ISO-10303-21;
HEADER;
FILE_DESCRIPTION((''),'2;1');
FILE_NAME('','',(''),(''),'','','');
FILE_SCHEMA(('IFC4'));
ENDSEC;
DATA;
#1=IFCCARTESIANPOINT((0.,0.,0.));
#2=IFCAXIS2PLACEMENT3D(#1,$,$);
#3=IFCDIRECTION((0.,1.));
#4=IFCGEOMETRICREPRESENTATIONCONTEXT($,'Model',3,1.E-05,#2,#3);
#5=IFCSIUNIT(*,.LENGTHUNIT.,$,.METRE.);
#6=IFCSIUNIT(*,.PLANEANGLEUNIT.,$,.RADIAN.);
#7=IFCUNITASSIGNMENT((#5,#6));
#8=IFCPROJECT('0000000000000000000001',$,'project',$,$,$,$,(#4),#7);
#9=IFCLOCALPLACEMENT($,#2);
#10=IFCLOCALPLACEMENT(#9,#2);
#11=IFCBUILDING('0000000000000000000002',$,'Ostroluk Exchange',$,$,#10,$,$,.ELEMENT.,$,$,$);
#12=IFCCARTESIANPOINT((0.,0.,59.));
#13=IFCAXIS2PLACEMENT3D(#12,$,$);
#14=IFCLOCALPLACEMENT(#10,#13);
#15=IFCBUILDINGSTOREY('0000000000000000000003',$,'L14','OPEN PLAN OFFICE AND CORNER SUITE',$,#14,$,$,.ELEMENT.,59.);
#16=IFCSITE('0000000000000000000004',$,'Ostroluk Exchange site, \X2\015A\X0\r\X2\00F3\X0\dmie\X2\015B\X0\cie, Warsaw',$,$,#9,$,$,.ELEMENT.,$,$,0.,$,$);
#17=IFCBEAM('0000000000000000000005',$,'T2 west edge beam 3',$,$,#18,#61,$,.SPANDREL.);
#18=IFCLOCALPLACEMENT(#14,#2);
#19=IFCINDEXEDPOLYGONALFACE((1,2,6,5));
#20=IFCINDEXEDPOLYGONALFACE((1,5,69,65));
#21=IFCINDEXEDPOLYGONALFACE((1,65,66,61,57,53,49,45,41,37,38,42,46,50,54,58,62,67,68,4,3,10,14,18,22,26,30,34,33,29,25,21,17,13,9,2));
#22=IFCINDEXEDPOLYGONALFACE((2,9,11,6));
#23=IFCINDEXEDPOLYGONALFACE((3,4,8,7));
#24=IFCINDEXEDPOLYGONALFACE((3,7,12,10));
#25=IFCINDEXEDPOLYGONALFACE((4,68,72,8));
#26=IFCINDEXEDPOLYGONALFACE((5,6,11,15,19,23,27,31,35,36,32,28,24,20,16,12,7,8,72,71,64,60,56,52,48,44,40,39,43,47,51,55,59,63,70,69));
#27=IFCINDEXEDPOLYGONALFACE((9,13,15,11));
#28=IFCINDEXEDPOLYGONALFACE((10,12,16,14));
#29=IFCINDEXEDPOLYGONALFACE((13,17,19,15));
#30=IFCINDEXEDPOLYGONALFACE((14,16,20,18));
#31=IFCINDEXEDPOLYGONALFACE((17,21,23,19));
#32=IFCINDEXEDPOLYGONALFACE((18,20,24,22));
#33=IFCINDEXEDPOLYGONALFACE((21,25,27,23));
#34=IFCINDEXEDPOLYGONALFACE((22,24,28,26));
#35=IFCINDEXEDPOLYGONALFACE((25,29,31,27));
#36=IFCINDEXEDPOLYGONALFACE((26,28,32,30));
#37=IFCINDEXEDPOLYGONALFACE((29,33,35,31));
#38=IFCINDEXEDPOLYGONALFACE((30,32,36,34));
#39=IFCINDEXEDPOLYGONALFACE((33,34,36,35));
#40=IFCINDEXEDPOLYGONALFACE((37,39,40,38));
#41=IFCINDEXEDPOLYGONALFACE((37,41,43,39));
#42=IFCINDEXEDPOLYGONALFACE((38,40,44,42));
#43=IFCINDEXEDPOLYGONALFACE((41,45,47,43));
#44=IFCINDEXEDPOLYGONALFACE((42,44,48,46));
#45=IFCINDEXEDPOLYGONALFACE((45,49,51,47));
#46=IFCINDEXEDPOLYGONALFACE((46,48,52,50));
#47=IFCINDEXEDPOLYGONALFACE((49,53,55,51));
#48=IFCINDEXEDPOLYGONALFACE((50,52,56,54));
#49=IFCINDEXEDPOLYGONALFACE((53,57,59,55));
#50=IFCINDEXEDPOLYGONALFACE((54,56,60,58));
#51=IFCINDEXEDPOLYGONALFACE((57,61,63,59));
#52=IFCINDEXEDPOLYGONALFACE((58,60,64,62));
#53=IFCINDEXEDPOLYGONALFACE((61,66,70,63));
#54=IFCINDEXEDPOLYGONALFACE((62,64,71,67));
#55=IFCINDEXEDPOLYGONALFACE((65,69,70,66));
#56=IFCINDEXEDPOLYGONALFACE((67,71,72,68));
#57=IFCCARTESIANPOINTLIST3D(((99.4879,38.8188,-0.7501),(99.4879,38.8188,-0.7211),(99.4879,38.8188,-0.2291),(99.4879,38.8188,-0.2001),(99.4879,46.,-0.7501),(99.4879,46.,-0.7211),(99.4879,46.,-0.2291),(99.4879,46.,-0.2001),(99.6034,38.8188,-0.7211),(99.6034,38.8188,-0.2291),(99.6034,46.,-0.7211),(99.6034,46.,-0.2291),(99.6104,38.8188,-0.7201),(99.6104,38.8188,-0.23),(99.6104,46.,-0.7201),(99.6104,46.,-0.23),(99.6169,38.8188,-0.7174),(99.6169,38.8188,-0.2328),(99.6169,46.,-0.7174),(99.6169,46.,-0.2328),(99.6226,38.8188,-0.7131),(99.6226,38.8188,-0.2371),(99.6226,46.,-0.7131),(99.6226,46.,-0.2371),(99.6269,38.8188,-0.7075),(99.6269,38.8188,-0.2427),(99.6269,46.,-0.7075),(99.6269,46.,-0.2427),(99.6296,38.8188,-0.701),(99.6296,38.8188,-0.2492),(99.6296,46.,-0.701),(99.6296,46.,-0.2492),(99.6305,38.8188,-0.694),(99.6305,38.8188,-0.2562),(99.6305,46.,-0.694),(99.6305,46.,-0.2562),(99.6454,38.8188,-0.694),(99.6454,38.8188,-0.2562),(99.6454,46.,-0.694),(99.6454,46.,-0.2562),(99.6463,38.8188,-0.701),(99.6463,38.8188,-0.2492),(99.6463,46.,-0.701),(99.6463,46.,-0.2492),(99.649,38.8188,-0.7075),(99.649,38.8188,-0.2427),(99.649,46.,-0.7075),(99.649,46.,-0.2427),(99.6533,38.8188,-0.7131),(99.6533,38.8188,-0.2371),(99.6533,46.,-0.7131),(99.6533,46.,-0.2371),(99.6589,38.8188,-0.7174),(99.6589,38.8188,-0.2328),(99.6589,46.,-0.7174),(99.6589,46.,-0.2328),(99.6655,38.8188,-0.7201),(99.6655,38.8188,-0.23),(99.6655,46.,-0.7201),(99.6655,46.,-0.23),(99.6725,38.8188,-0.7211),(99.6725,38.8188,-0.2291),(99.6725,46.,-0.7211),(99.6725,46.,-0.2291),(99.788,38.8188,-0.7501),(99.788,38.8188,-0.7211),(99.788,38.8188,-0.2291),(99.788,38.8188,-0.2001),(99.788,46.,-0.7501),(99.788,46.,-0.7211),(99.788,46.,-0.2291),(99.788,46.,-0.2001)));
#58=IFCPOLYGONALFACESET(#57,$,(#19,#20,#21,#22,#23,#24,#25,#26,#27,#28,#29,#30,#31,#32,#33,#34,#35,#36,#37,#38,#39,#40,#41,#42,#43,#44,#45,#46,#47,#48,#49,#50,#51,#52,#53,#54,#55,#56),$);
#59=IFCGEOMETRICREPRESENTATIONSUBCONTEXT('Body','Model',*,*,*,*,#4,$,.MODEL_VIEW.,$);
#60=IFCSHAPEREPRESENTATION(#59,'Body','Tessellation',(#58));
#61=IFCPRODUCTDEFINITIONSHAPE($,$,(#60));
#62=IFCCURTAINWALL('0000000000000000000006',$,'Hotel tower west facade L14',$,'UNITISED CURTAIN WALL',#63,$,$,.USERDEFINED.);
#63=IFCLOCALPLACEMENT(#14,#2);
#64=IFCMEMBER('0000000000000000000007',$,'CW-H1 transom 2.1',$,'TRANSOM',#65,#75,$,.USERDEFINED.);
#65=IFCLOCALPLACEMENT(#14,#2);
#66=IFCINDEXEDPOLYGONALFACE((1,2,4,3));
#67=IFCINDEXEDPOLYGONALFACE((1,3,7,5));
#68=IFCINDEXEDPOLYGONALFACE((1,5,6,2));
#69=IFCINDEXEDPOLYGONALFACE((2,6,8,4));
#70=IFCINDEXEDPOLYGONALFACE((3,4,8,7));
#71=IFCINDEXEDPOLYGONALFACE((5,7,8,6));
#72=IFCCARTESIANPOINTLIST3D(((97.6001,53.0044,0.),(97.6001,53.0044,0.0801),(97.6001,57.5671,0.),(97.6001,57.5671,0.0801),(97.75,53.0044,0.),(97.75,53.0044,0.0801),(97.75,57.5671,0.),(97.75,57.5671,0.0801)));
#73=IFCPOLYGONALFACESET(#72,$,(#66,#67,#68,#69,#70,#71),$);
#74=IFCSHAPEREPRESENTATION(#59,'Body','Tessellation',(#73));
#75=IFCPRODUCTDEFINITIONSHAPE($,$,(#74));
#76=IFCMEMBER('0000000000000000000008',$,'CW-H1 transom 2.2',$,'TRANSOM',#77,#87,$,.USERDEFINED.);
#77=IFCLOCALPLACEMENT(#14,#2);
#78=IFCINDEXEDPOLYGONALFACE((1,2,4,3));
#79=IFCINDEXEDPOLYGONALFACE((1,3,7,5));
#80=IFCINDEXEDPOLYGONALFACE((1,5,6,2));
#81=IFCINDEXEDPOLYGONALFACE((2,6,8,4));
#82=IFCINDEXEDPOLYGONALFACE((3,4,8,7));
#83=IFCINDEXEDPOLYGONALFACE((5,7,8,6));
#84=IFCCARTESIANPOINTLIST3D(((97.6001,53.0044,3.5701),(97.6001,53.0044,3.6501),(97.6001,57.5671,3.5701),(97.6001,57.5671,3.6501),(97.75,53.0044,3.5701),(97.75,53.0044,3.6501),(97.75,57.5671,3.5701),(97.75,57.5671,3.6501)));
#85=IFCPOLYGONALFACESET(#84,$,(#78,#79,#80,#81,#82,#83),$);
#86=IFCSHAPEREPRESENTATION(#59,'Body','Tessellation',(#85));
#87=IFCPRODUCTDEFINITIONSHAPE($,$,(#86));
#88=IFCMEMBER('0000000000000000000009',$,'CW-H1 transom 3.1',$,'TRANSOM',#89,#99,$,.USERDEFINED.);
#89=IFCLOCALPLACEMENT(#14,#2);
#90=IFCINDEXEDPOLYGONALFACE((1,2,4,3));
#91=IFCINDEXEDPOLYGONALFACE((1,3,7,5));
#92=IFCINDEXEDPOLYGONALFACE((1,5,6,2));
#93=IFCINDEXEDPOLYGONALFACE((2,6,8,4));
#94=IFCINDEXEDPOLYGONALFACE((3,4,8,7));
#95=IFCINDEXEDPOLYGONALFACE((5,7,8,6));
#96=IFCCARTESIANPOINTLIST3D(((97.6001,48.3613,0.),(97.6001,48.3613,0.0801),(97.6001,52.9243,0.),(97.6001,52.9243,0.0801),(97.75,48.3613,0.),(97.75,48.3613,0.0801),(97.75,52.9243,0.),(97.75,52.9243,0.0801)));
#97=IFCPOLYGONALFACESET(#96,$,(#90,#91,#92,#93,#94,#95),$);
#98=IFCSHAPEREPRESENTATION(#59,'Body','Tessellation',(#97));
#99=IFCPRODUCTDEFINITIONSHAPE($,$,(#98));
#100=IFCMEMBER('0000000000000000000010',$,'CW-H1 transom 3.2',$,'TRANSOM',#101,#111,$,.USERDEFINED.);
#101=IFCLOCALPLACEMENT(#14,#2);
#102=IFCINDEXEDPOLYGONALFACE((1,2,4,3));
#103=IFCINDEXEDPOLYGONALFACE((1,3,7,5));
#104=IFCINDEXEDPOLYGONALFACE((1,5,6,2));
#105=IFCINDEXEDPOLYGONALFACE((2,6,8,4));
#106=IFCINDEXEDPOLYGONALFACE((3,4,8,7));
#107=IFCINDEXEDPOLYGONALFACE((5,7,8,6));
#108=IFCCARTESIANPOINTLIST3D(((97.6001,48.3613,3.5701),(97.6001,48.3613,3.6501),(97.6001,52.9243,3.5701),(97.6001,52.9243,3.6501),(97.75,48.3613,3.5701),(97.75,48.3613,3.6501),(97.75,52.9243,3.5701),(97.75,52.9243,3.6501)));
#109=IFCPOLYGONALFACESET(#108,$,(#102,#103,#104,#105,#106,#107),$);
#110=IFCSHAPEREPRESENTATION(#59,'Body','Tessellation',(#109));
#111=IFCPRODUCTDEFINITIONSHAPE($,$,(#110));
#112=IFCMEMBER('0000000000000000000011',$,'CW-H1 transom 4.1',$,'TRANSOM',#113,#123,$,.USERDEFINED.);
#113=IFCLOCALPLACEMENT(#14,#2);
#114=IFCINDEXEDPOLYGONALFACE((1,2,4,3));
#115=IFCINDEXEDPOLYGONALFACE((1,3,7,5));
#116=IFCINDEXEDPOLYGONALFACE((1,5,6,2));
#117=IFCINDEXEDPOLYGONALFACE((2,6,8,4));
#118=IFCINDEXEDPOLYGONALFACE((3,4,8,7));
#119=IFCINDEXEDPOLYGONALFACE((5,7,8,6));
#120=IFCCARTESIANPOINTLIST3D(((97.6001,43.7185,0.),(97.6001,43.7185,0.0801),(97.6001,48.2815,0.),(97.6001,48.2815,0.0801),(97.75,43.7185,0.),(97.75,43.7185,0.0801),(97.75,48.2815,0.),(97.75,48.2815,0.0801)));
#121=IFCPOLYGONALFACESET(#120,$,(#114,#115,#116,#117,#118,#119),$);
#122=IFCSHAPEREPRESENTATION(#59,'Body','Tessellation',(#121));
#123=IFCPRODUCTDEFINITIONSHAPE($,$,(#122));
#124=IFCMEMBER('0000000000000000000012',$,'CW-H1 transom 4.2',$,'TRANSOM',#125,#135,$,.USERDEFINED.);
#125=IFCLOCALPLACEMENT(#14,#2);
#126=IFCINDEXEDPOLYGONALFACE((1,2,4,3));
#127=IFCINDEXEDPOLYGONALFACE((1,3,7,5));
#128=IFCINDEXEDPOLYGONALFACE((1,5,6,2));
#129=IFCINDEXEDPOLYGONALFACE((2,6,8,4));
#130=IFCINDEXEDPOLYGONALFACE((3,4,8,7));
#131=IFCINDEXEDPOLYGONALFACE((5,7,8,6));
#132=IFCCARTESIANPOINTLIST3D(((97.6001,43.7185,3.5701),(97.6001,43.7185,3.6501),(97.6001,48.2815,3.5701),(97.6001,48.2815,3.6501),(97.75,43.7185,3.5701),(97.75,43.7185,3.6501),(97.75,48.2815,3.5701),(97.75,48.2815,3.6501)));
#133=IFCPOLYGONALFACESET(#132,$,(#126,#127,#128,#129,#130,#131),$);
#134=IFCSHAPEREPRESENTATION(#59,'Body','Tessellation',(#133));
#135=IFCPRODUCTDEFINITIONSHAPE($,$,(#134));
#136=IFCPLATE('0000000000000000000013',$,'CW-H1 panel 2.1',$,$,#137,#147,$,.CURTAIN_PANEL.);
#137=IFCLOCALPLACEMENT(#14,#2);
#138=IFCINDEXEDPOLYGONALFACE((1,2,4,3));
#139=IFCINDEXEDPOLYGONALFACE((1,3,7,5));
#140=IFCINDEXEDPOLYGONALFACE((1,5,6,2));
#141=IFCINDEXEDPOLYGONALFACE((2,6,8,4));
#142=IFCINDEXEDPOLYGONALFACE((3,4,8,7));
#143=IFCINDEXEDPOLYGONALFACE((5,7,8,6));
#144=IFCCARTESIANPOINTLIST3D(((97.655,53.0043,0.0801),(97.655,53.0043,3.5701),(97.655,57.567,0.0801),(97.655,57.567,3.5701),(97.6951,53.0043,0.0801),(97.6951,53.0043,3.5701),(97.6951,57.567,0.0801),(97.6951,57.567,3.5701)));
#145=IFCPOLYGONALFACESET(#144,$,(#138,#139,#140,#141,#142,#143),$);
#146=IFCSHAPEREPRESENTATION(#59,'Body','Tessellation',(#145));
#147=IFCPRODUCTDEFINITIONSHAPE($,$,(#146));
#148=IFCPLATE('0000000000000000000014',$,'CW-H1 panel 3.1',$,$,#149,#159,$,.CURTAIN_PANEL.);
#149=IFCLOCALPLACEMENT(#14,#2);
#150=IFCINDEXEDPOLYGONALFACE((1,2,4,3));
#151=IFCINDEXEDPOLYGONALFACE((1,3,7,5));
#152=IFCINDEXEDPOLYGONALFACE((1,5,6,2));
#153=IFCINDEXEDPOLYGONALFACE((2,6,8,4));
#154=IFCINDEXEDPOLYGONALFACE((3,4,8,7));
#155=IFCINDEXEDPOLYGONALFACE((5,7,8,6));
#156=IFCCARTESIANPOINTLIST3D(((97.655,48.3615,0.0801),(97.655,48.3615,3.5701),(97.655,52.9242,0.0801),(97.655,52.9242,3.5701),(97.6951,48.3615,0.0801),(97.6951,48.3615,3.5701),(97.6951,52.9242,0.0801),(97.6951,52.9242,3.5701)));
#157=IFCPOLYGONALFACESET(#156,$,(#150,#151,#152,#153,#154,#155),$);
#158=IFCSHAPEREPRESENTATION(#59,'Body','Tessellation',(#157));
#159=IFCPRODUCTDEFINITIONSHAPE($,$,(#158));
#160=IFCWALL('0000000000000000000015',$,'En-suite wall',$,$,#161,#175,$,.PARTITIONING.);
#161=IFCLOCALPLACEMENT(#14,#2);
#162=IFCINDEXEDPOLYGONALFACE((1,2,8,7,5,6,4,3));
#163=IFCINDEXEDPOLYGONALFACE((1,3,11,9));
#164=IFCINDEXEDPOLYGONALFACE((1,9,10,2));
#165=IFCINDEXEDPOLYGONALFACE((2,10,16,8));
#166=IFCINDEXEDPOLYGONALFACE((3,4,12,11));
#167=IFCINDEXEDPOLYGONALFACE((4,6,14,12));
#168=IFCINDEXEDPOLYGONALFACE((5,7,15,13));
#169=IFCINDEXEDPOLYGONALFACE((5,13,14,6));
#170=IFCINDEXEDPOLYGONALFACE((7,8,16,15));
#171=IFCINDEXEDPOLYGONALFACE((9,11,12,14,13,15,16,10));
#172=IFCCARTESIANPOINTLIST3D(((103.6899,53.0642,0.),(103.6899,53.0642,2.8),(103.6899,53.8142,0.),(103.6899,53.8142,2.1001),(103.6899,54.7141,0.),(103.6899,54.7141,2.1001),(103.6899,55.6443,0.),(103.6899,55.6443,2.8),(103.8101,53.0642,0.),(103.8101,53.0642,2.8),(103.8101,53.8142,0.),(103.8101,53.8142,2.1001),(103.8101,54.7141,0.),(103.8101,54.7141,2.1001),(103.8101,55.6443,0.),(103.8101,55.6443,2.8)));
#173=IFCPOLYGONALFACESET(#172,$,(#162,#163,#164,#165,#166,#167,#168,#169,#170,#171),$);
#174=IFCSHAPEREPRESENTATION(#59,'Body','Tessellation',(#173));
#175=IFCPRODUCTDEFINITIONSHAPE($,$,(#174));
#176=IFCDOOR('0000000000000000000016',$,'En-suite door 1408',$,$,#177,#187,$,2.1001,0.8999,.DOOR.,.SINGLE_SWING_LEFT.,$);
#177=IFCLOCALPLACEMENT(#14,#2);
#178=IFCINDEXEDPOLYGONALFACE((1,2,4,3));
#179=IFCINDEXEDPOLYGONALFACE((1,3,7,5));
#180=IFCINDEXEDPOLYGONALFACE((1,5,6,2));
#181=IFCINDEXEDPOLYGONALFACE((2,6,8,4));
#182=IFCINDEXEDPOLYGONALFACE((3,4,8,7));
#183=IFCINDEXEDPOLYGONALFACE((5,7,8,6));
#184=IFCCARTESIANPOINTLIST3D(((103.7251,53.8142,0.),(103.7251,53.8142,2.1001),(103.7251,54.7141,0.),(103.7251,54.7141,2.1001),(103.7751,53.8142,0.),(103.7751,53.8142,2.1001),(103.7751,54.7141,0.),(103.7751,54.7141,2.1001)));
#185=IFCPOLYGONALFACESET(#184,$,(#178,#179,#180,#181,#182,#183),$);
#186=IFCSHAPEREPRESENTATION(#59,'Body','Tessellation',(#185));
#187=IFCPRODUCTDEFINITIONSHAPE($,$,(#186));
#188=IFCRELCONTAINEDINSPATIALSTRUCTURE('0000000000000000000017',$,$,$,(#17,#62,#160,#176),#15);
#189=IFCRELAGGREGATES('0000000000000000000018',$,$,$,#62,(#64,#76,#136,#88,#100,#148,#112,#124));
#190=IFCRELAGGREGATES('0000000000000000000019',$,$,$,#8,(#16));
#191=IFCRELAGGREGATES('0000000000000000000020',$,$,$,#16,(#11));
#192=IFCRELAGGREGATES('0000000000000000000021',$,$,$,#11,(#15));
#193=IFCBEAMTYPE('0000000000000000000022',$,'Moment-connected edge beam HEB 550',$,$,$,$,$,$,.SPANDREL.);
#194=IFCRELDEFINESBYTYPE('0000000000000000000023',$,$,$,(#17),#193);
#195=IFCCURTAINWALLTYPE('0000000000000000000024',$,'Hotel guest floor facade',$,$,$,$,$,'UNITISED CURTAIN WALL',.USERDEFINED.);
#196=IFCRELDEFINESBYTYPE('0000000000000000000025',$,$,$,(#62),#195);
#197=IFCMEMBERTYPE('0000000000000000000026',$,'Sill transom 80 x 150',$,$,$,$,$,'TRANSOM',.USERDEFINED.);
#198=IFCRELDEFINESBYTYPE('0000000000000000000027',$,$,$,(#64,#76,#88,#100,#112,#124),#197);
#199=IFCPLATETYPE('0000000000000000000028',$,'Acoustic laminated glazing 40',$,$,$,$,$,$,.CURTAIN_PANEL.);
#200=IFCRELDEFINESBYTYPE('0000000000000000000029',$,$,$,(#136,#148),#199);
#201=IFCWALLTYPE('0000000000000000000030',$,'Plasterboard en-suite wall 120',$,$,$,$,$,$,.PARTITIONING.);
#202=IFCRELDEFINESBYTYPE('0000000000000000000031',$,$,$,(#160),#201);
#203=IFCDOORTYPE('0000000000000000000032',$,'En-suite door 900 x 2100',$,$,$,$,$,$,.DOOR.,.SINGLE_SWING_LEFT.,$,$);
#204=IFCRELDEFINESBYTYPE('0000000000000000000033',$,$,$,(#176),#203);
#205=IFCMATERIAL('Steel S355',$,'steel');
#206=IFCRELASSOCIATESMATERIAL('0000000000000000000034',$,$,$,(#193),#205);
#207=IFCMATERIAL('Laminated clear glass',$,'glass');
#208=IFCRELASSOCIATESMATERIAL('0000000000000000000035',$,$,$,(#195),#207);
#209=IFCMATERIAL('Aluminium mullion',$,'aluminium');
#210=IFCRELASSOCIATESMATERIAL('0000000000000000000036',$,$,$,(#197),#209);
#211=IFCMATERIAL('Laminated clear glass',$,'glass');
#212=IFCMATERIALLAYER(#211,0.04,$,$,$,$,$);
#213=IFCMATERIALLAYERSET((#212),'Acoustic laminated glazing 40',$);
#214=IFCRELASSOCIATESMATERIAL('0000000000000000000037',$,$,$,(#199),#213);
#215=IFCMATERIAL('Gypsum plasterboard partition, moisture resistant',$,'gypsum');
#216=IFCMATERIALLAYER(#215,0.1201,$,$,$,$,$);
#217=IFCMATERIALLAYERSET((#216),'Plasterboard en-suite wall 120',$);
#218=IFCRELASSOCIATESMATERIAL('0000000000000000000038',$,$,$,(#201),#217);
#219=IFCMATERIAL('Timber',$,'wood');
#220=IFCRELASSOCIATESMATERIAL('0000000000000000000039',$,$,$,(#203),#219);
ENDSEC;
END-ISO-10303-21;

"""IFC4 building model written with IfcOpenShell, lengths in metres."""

from ifc_helpers import new_model, si_unit, direction, frame, frame_2d, origin, origin_2d, place, context, subcontext, project, spatial, rectangle, i_section, extrude, material, layer, layer_set, material_profile, profile_set, type_object, element, fill, aggregate, save


model = new_model("IFC4")

# Units and contexts
model_context = context("Model", 3, precision=1e-05, world=origin(), true_north=direction((0.0, 1.0)))
body_context = subcontext(model_context, "Body", "Model", "MODEL_VIEW")
ifc_project = project(units=[si_unit("LENGTHUNIT", "METRE"), si_unit("PLANEANGLEUNIT", "RADIAN")], contexts=[model_context])

# Site, building, storey
site_placement = place(None, origin())
site = spatial("IfcSite", under=ifc_project, at=site_placement, Name="Ostroluk Exchange site, Śródmieście, Warsaw", CompositionType="ELEMENT", RefElevation=0.0)
building_placement = place(site_placement, origin())
building = spatial("IfcBuilding", under=site, at=building_placement, Name="Ostroluk Exchange", CompositionType="ELEMENT")
storey_placement = place(building_placement, frame((0.0, 0.0, 59.0)))
storey = spatial("IfcBuildingStorey", under=building, at=storey_placement, Name="L14", Description="OPEN PLAN OFFICE AND CORNER SUITE", CompositionType="ELEMENT", Elevation=59.0)

# Beam
ifc_material_1 = material(Name="Steel S355", Category="steel")
ifc_material_profile_1 = material_profile(ifc_material_1, i_section(OverallWidth=0.3, OverallDepth=0.55, WebThickness=0.0149, FlangeThickness=0.0291, FilletRadius=0.0271, at=origin_2d()), Name="HEB 550")
ifc_profile_set_1 = profile_set([ifc_material_profile_1], Name="Steel S355")
beam_type_1 = type_object("IfcBeamType", Name="Moment-connected edge beam HEB 550", PredefinedType="SPANDREL", material=ifc_profile_set_1)
for number, where, z_axis, x_axis, name in (
    (1, (99.6379, 46.0, -0.4751), (0.0, -1.0, 0.0), (1.0, 0.0, 0.0), "T2 west edge beam 3"),
):
    element("IfcBeam", number, at=place(storey_placement, frame(where, z_axis=z_axis, x_axis=x_axis)), inside=storey, type_object=beam_type_1, Name=name, PredefinedType="SPANDREL", context=body_context, shape_type="SweptSolid", body=[
        extrude(i_section(OverallWidth=0.3, OverallDepth=0.55, WebThickness=0.0149, FlangeThickness=0.0291, FilletRadius=0.0271, at=origin_2d()), origin(), (0.0, 0.0, 1.0), 7.1812),
    ])

# Curtain wall, members, plates
ifc_material_2 = material(Name="Laminated clear glass", Category="glass")
curtain_wall_type = type_object("IfcCurtainWallType", Name="Hotel guest floor facade", ElementType="UNITISED CURTAIN WALL", PredefinedType="USERDEFINED", material=ifc_material_2)
curtain_wall_placement = place(storey_placement, origin())
curtain_wall = element("IfcCurtainWall", 2, at=curtain_wall_placement, inside=storey, type_object=curtain_wall_type, Name="Hotel tower west facade L14", ObjectType="UNITISED CURTAIN WALL", PredefinedType="USERDEFINED")
ifc_material_3 = material(Name="Aluminium mullion", Category="aluminium")
ifc_material_profile_2 = material_profile(ifc_material_3, rectangle(XDim=0.1499, YDim=0.0801, at=origin_2d()), Name="Sill transom 80 x 150")
ifc_profile_set_2 = profile_set([ifc_material_profile_2], Name="Aluminium mullion")
member_type = type_object("IfcMemberType", Name="Sill transom 80 x 150", ElementType="TRANSOM", PredefinedType="USERDEFINED", material=ifc_profile_set_2)
member_1_placement = place(storey_placement, frame((97.675, 57.5671, 0.04), z_axis=(0.0, -1.0, 0.0), x_axis=(1.0, 0.0, 0.0)))
member_1 = element("IfcMember", 3, at=member_1_placement, type_object=member_type, Name="CW-H1 transom 2.1", ObjectType="TRANSOM", PredefinedType="USERDEFINED", context=body_context, shape_type="SweptSolid", body=[
    extrude(rectangle(XDim=0.1499, YDim=0.0801, at=origin_2d()), origin(), (0.0, 0.0, 1.0), 4.5627),
])
member_2_placement = place(storey_placement, frame((97.675, 57.5671, 3.6101), z_axis=(0.0, -1.0, 0.0), x_axis=(1.0, 0.0, 0.0)))
member_2 = element("IfcMember", 4, at=member_2_placement, type_object=member_type, Name="CW-H1 transom 2.2", ObjectType="TRANSOM", PredefinedType="USERDEFINED", context=body_context, shape_type="SweptSolid", body=[
    extrude(rectangle(XDim=0.1499, YDim=0.0801, at=origin_2d()), origin(), (0.0, 0.0, 1.0), 4.5627),
])
member_3_placement = place(storey_placement, frame((97.675, 52.9243, 0.04), z_axis=(0.0, -1.0, 0.0), x_axis=(1.0, 0.0, 0.0)))
member_3 = element("IfcMember", 5, at=member_3_placement, type_object=member_type, Name="CW-H1 transom 3.1", ObjectType="TRANSOM", PredefinedType="USERDEFINED", context=body_context, shape_type="SweptSolid", body=[
    extrude(rectangle(XDim=0.1499, YDim=0.0801, at=origin_2d()), origin(), (0.0, 0.0, 1.0), 4.563),
])
member_4_placement = place(storey_placement, frame((97.675, 52.9243, 3.6101), z_axis=(0.0, -1.0, 0.0), x_axis=(1.0, 0.0, 0.0)))
member_4 = element("IfcMember", 6, at=member_4_placement, type_object=member_type, Name="CW-H1 transom 3.2", ObjectType="TRANSOM", PredefinedType="USERDEFINED", context=body_context, shape_type="SweptSolid", body=[
    extrude(rectangle(XDim=0.1499, YDim=0.0801, at=origin_2d()), origin(), (0.0, 0.0, 1.0), 4.563),
])
member_5_placement = place(storey_placement, frame((97.675, 48.2815, 0.04), z_axis=(0.0, -1.0, 0.0), x_axis=(1.0, 0.0, 0.0)))
member_5 = element("IfcMember", 7, at=member_5_placement, type_object=member_type, Name="CW-H1 transom 4.1", ObjectType="TRANSOM", PredefinedType="USERDEFINED", context=body_context, shape_type="SweptSolid", body=[
    extrude(rectangle(XDim=0.1499, YDim=0.0801, at=origin_2d()), origin(), (0.0, 0.0, 1.0), 4.563),
])
member_6_placement = place(storey_placement, frame((97.675, 48.2815, 3.6101), z_axis=(0.0, -1.0, 0.0), x_axis=(1.0, 0.0, 0.0)))
member_6 = element("IfcMember", 8, at=member_6_placement, type_object=member_type, Name="CW-H1 transom 4.2", ObjectType="TRANSOM", PredefinedType="USERDEFINED", context=body_context, shape_type="SweptSolid", body=[
    extrude(rectangle(XDim=0.1499, YDim=0.0801, at=origin_2d()), origin(), (0.0, 0.0, 1.0), 4.563),
])
ifc_material_4 = material(Name="Laminated clear glass", Category="glass")
ifc_layer_1 = layer(ifc_material_4, 0.04)
ifc_layer_set_1 = layer_set([ifc_layer_1], Name="Acoustic laminated glazing 40")
plate_type = type_object("IfcPlateType", Name="Acoustic laminated glazing 40", PredefinedType="CURTAIN_PANEL", material=ifc_layer_set_1)
plate_1_placement = place(storey_placement, frame((97.675, 55.2856, 0.0801), z_axis=(0.0, 0.0, 1.0), x_axis=(0.0, -1.0, 0.0)))
plate_1 = element("IfcPlate", 9, at=plate_1_placement, type_object=plate_type, Name="CW-H1 panel 2.1", PredefinedType="CURTAIN_PANEL", context=body_context, shape_type="SweptSolid", body=[
    extrude(rectangle(XDim=4.5627, YDim=0.04, at=origin_2d()), origin(), (0.0, 0.0, 1.0), 3.49),
])
plate_2_placement = place(storey_placement, frame((97.675, 50.6428, 0.0801), z_axis=(0.0, 0.0, 1.0), x_axis=(0.0, -1.0, 0.0)))
plate_2 = element("IfcPlate", 10, at=plate_2_placement, type_object=plate_type, Name="CW-H1 panel 3.1", PredefinedType="CURTAIN_PANEL", context=body_context, shape_type="SweptSolid", body=[
    extrude(rectangle(XDim=4.5627, YDim=0.04, at=origin_2d()), origin(), (0.0, 0.0, 1.0), 3.49),
])
aggregate(curtain_wall, [member_1, member_2, plate_1, member_3, member_4, plate_2, member_5, member_6])

# Wall, opening, door
ifc_material_5 = material(Name="Gypsum plasterboard partition, moisture resistant", Category="gypsum")
ifc_layer_2 = layer(ifc_material_5, 0.1201)
ifc_layer_set_2 = layer_set([ifc_layer_2], Name="Plasterboard en-suite wall 120")
wall_type_1 = type_object("IfcWallType", Name="Plasterboard en-suite wall 120", PredefinedType="PARTITIONING", material=ifc_layer_set_2)
wall_1_placement = place(storey_placement, frame((103.75, 53.0642, 0.0), z_axis=(0.0, 0.0, 1.0), x_axis=(0.0, 1.0, 0.0)))
wall_1 = element("IfcWall", 11, at=wall_1_placement, inside=storey, type_object=wall_type_1, Name="En-suite wall", PredefinedType="PARTITIONING", context=body_context, shape_type="SweptSolid", body=[
    extrude(rectangle(XDim=2.5801, YDim=0.1201, at=frame_2d((1.29, 0.0))), origin(), (0.0, 0.0, 1.0), 2.8),
])
opening_placement = place(wall_1_placement, frame((0.75, 0.0, 0.0)))
opening = element("IfcOpeningElement", 12, at=opening_placement, cuts=wall_1, PredefinedType="OPENING", context=body_context, shape_type="SweptSolid", body=[
    extrude(rectangle(XDim=0.8999, YDim=2.1001, at=frame_2d((0.45, 1.05))), frame((0.0, 0.0701, 0.0), z_axis=(0.0, -1.0, 0.0), x_axis=(1.0, 0.0, 0.0)), (0.0, 0.0, 1.0), 0.1401),
])
ifc_material_6 = material(Name="Timber", Category="wood")
door_type = type_object("IfcDoorType", Name="En-suite door 900 x 2100", OperationType="SINGLE_SWING_LEFT", PredefinedType="DOOR", material=ifc_material_6)
door_placement = place(opening_placement, origin())
door = element("IfcDoor", 13, at=door_placement, inside=storey, type_object=door_type, Name="En-suite door 1408", OperationType="SINGLE_SWING_LEFT", OverallHeight=2.1001, OverallWidth=0.8999, PredefinedType="DOOR", context=body_context, shape_type="SweptSolid", body=[
    extrude(rectangle(XDim=0.8999, YDim=2.1001, at=frame_2d((0.45, 1.05))), frame((0.0, 0.0249, 0.0), z_axis=(0.0, -1.0, 0.0), x_axis=(1.0, 0.0, 0.0)), (0.0, 0.0, 1.0), 0.05),
])
fill(opening, door)

save(model, "model.ifc")
